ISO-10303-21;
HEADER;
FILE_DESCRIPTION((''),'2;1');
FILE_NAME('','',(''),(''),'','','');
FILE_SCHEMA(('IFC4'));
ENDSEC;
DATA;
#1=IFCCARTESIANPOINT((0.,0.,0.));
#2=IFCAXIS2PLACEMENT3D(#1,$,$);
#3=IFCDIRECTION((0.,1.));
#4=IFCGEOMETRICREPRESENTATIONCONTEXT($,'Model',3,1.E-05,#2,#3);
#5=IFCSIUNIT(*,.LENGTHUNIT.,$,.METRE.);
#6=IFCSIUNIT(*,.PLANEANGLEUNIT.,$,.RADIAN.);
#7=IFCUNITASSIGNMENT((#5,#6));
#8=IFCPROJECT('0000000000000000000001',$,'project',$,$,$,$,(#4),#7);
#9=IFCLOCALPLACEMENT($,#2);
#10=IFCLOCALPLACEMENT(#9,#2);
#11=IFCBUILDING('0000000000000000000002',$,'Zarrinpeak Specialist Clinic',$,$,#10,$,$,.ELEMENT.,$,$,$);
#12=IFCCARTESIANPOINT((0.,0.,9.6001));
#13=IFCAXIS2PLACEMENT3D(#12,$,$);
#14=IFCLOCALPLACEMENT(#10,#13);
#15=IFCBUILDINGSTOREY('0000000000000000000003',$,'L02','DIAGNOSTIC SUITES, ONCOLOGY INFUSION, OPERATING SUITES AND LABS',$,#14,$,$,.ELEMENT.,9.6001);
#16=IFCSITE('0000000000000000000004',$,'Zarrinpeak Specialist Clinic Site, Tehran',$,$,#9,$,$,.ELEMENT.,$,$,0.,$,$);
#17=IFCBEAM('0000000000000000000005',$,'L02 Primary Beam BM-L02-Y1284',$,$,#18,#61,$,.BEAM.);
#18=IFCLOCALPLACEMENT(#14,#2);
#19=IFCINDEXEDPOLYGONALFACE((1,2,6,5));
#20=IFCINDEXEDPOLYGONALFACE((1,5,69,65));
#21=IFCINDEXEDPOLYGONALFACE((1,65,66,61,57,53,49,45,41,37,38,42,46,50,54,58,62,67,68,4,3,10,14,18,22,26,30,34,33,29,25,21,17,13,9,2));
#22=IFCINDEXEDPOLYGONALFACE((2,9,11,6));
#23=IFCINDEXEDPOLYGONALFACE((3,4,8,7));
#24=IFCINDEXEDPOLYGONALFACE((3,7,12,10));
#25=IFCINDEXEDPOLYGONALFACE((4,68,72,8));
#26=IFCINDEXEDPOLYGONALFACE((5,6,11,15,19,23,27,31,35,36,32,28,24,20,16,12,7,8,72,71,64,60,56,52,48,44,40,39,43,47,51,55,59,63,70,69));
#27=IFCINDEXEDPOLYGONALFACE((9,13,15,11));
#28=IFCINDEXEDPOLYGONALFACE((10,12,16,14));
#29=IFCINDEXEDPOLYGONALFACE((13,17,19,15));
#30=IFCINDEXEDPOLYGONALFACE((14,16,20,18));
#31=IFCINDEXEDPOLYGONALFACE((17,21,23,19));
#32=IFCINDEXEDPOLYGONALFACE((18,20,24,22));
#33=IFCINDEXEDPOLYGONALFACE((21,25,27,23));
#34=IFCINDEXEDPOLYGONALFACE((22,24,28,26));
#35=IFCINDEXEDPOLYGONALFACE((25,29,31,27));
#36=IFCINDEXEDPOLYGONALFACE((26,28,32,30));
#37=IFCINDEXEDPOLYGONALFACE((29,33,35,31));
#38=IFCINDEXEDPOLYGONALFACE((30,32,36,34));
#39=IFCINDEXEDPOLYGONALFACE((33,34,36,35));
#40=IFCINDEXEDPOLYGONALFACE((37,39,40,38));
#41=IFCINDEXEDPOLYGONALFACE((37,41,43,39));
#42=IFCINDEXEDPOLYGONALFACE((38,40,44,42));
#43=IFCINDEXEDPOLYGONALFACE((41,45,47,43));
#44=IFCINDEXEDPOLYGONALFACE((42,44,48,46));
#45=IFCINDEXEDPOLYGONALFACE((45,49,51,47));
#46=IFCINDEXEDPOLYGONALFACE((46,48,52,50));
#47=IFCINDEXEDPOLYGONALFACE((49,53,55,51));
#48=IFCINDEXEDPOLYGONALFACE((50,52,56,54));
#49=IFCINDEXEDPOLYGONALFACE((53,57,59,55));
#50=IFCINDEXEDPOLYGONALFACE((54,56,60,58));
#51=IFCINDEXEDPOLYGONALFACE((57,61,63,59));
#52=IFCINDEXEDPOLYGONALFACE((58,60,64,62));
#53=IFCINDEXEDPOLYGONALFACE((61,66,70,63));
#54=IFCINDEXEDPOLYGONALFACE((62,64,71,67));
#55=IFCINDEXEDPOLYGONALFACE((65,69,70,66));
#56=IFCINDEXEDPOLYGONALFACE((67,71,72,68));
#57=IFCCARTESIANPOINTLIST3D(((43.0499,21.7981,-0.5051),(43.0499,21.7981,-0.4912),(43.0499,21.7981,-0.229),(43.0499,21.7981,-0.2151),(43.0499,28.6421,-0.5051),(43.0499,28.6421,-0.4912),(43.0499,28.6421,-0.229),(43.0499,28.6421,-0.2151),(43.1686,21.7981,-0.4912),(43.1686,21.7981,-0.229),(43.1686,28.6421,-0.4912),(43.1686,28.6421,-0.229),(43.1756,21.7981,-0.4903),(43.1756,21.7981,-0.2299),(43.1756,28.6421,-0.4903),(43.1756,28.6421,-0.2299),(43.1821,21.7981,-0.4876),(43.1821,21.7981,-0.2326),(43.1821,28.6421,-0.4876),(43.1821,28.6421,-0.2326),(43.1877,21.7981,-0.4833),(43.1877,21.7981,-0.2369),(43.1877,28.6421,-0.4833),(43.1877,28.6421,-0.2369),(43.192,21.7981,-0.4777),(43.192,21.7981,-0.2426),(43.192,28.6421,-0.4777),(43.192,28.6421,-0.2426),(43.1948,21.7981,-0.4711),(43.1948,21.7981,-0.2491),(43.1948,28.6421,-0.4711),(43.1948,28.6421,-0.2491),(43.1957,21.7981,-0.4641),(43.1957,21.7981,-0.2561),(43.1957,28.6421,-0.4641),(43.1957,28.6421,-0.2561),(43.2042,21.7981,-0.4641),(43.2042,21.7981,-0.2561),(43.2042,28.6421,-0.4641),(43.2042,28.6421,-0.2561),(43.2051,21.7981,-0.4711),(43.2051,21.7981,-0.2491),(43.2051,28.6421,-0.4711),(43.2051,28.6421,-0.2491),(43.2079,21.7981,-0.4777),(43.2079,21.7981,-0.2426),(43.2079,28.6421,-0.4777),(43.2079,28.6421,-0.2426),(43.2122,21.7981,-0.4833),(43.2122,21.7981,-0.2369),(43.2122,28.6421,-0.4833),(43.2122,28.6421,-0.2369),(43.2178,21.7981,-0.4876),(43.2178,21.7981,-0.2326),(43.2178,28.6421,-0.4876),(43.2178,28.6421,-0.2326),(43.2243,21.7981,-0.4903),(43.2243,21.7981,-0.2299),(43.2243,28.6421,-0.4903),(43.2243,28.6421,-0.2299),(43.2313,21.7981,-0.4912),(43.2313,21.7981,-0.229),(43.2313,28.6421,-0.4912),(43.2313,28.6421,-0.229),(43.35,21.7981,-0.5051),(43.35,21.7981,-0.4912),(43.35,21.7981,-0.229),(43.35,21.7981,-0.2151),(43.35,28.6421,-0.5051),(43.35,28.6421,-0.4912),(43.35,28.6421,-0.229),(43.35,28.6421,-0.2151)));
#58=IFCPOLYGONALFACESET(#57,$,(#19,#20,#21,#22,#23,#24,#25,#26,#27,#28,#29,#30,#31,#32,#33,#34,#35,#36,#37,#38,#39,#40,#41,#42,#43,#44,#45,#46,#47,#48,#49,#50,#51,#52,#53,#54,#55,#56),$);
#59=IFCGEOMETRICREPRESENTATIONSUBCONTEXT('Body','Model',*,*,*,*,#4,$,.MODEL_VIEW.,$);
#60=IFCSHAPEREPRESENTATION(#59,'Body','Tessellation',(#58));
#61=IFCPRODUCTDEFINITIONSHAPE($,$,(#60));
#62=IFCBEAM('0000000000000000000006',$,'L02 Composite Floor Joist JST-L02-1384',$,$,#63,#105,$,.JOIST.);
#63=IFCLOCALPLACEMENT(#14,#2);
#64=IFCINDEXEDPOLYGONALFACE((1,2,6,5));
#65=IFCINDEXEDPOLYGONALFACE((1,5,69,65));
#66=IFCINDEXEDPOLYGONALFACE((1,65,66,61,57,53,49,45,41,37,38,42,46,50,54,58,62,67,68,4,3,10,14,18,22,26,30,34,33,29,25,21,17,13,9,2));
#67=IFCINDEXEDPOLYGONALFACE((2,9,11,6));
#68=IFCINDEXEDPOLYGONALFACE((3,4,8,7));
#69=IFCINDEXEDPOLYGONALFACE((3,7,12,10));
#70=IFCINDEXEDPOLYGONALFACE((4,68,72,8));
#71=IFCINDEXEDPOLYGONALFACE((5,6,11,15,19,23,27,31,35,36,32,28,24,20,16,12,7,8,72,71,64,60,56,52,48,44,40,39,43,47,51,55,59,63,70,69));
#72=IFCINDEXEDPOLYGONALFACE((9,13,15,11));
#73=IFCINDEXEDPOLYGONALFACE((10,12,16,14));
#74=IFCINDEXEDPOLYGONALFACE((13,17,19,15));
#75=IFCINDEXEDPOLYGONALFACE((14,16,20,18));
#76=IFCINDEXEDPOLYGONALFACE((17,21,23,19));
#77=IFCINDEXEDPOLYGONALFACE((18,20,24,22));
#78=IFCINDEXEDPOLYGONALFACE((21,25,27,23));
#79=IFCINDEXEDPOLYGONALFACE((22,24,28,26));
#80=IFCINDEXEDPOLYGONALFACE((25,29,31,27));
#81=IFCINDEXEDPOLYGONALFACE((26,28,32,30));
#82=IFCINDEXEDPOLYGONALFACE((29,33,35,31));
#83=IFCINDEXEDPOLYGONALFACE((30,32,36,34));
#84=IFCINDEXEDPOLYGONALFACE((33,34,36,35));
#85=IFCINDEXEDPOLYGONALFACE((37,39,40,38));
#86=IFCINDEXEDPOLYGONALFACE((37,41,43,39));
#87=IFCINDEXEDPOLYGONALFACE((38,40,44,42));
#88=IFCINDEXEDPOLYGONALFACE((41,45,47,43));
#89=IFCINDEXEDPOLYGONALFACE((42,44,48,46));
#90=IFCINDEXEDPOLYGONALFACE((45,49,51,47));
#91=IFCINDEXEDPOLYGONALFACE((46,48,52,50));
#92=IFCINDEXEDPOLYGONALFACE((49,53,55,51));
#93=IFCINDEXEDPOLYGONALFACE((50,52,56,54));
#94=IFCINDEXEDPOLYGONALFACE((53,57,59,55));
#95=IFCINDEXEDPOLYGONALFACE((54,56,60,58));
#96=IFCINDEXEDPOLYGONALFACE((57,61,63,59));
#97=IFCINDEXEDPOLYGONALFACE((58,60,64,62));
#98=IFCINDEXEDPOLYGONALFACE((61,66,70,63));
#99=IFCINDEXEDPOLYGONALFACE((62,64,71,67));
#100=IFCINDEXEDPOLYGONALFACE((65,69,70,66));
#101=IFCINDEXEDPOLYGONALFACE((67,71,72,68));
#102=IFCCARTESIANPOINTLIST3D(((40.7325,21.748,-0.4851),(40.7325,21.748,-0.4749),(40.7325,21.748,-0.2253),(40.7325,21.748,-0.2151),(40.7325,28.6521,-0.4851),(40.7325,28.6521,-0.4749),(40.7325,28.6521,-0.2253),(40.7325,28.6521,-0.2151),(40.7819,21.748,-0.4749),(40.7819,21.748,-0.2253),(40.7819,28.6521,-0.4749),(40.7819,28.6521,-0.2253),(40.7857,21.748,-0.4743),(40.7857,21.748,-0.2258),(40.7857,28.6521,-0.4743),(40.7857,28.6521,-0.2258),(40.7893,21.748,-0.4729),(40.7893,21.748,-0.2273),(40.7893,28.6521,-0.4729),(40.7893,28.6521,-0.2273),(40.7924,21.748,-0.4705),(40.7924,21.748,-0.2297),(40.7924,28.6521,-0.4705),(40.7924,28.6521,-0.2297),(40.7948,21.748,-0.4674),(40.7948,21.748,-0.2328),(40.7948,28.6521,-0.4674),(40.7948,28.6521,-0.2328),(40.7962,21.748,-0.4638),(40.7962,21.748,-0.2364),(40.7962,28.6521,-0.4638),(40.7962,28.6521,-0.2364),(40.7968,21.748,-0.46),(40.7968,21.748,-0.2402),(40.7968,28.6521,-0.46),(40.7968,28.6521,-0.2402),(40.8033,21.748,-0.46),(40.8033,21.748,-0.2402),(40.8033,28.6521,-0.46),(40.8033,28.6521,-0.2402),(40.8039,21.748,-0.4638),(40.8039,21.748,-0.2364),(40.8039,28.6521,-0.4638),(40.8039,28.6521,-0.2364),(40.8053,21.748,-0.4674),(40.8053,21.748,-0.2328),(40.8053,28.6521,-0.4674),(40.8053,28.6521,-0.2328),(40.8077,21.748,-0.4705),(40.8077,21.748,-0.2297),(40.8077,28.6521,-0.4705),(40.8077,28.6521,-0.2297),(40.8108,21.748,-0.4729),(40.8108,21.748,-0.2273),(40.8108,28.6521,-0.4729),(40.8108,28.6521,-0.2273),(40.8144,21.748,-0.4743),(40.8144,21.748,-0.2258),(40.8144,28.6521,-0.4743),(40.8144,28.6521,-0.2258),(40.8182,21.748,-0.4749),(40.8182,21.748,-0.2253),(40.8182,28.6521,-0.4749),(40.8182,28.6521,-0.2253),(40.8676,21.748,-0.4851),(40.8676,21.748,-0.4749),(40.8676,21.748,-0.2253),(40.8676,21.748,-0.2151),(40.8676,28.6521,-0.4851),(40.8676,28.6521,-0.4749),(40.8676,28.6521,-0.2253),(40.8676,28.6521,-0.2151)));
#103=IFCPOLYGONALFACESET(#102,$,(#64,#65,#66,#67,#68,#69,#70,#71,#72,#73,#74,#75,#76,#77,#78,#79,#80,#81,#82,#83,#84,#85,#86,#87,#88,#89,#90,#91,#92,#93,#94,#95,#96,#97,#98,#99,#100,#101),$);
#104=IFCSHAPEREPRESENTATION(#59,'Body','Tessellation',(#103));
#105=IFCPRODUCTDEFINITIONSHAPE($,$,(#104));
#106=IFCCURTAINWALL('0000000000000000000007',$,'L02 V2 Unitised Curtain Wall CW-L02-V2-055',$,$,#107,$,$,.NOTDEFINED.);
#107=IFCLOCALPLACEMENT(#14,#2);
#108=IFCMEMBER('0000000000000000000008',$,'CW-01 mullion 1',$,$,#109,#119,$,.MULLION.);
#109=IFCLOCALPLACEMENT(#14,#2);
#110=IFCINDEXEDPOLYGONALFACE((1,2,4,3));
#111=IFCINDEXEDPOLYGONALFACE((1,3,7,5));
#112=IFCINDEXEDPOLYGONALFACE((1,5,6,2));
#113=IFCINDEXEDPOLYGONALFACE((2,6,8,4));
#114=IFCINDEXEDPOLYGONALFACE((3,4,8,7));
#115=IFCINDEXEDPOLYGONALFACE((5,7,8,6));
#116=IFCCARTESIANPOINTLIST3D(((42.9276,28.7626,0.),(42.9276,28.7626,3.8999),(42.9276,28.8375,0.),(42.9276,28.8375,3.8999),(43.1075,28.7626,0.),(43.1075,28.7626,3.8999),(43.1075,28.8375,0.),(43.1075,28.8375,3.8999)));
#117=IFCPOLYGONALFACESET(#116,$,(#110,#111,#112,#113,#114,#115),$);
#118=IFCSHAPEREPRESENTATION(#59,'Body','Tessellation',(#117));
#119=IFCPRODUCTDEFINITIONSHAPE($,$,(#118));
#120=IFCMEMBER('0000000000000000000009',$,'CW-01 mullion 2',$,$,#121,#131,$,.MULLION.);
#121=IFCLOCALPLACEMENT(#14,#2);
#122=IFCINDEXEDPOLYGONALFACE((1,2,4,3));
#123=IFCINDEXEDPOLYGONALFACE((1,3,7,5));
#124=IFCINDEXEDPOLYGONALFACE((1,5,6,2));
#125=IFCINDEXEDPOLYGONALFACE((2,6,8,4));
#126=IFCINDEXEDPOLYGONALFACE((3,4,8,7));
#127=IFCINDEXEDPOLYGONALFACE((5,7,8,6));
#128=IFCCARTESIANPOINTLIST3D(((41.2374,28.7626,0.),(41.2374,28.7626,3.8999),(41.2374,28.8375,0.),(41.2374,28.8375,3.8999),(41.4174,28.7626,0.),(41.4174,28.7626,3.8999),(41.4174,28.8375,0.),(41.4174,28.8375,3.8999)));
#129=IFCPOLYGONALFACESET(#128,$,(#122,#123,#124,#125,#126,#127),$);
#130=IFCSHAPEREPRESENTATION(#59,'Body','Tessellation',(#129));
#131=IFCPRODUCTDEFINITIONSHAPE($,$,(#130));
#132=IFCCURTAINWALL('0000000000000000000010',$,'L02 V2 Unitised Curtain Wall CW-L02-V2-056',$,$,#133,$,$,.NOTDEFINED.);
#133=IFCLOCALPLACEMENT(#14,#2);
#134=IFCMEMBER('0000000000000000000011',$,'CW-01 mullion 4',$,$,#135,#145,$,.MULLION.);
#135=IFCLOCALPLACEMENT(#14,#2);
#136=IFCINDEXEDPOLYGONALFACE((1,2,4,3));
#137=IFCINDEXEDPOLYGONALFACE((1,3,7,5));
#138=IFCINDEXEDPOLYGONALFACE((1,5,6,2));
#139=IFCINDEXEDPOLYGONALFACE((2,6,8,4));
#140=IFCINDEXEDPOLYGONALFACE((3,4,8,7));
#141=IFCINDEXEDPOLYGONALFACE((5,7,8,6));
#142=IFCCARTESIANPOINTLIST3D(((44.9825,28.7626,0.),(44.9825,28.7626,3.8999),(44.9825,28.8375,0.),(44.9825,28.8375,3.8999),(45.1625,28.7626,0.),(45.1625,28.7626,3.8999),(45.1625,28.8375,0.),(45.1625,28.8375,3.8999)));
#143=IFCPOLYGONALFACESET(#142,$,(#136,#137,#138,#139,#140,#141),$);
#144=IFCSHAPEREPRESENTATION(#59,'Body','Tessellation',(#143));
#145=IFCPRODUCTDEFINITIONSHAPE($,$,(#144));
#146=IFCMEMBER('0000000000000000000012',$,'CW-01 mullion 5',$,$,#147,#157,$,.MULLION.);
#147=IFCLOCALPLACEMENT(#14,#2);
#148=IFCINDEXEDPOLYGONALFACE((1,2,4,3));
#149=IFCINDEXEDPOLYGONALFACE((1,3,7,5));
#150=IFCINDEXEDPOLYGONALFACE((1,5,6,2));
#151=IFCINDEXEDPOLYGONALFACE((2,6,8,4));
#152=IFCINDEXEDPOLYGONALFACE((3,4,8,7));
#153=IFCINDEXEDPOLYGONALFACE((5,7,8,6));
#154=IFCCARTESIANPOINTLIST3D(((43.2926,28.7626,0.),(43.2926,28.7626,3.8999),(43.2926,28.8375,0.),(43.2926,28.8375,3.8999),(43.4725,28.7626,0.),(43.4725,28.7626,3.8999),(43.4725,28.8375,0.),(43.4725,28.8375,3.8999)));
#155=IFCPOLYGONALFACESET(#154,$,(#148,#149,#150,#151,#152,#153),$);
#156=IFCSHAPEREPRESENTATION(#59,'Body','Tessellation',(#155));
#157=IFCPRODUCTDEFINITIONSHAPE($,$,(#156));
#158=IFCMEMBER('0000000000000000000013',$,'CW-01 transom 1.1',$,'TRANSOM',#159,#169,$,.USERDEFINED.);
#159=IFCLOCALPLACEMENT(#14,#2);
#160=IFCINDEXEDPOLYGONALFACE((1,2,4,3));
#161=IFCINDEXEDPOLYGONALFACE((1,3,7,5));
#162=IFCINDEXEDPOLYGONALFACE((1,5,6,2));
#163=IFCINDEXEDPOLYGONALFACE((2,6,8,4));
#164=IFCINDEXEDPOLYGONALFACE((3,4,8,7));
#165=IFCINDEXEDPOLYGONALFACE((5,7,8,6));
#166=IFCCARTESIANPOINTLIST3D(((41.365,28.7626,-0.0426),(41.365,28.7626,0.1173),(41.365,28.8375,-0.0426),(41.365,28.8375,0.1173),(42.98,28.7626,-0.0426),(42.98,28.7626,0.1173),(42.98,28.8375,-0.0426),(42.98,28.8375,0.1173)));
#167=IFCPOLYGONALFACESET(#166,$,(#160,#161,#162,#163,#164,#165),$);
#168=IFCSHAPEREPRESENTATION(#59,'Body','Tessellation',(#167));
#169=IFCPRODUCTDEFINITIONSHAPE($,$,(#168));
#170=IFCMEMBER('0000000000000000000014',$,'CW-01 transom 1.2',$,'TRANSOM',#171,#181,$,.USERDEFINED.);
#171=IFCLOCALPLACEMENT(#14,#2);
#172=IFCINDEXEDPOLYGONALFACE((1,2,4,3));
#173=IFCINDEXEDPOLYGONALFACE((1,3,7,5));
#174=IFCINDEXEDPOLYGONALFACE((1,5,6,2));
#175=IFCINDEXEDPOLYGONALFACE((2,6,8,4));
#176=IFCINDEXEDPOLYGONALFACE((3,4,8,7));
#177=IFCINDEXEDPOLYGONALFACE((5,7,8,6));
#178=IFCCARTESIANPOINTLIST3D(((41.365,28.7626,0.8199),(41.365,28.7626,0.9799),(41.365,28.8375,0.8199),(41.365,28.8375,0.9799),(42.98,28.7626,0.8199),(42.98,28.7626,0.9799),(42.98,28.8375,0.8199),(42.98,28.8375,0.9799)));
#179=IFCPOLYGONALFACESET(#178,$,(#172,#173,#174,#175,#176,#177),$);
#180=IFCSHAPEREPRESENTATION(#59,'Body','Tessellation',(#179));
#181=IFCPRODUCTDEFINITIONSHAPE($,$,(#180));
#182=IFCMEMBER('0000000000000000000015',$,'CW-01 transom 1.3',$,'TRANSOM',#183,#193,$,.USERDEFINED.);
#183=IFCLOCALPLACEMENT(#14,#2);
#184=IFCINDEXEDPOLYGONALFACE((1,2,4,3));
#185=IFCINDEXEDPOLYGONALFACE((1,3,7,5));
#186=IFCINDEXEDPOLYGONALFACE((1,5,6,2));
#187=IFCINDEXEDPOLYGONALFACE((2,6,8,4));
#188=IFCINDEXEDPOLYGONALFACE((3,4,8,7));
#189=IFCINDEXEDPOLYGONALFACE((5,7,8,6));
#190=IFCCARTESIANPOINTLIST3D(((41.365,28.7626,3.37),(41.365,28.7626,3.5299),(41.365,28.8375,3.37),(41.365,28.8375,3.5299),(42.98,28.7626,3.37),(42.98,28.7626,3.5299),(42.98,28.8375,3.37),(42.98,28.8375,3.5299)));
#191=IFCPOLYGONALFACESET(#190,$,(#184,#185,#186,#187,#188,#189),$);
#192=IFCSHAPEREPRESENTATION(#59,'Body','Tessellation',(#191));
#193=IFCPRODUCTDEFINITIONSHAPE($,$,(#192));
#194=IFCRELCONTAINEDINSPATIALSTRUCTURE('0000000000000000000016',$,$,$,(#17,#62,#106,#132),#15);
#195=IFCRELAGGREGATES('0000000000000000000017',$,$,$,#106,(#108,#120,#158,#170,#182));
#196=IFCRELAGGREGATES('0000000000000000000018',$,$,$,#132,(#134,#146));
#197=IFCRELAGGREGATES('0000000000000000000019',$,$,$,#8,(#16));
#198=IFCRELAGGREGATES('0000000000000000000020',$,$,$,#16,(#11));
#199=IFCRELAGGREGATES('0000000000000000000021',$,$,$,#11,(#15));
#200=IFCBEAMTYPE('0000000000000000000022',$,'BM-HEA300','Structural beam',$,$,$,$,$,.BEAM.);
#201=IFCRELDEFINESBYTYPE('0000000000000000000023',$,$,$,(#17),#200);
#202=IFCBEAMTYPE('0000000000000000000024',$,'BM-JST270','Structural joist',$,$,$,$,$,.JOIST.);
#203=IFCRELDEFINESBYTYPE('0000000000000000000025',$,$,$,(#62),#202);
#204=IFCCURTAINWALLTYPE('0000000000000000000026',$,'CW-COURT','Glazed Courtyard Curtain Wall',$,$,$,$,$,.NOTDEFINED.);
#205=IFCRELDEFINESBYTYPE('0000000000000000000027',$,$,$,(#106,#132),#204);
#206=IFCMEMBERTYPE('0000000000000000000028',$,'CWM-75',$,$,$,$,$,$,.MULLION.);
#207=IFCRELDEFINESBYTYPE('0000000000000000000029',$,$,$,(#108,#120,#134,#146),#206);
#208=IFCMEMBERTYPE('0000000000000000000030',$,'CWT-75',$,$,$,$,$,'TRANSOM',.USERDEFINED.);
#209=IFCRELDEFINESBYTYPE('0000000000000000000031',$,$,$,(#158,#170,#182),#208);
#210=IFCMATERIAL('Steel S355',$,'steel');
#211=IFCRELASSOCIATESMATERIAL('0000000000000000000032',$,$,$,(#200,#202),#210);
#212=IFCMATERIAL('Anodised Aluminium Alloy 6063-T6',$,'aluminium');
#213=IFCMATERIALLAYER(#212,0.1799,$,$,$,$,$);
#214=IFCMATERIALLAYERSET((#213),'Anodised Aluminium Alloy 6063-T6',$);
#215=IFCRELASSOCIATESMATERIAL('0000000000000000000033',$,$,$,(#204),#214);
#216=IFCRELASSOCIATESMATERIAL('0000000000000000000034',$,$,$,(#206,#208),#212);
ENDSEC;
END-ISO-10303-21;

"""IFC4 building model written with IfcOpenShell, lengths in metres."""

from ifc_helpers import new_model, si_unit, direction, frame, origin, origin_2d, place, context, subcontext, project, spatial, rectangle, i_section, extrude, material, layer, layer_set, material_profile, profile_set, type_object, element, aggregate, save


model = new_model("IFC4")

# Units and contexts
model_context = context("Model", 3, precision=1e-05, world=origin(), true_north=direction((0.0, 1.0)))
body_context = subcontext(model_context, "Body", "Model", "MODEL_VIEW")
ifc_project = project(units=[si_unit("LENGTHUNIT", "METRE"), si_unit("PLANEANGLEUNIT", "RADIAN")], contexts=[model_context])

# Site, building, storey
site_placement = place(None, origin())
site = spatial("IfcSite", under=ifc_project, at=site_placement, Name="Zarrinpeak Specialist Clinic Site, Tehran", CompositionType="ELEMENT", RefElevation=0.0)
building_placement = place(site_placement, origin())
building = spatial("IfcBuilding", under=site, at=building_placement, Name="Zarrinpeak Specialist Clinic", CompositionType="ELEMENT")
storey_placement = place(building_placement, frame((0.0, 0.0, 9.6001)))
storey = spatial("IfcBuildingStorey", under=building, at=storey_placement, Name="L02", Description="DIAGNOSTIC SUITES, ONCOLOGY INFUSION, OPERATING SUITES AND LABS", CompositionType="ELEMENT", Elevation=9.6001)

# Shared definitions
ifc_material_1 = material(Name="Steel S355", Category="steel")

# Beams
ifc_material_profile_1 = material_profile(ifc_material_1, i_section(OverallWidth=0.3, OverallDepth=0.29, WebThickness=0.0085, FlangeThickness=0.0139, FilletRadius=0.0271, at=origin_2d()), Name="HEA 300")
ifc_profile_set_1 = profile_set([ifc_material_profile_1], Name="Steel S355")
beam_type_1 = type_object("IfcBeamType", Name="BM-HEA300", Description="Structural beam", PredefinedType="BEAM", material=ifc_profile_set_1)
beam_1_placement = place(storey_placement, frame((43.2, 21.7981, -0.3601), z_axis=(0.0, 1.0, 0.0), x_axis=(-1.0, 0.0, 0.0)))
element("IfcBeam", 1, at=beam_1_placement, inside=storey, type_object=beam_type_1, Name="L02 Primary Beam BM-L02-Y1284", PredefinedType="BEAM", context=body_context, shape_type="SweptSolid", body=[
    extrude(i_section(OverallWidth=0.3, OverallDepth=0.29, WebThickness=0.0085, FlangeThickness=0.0139, FilletRadius=0.0271, at=origin_2d()), origin(), (0.0, 0.0, 1.0), 6.844),
])
ifc_material_profile_2 = material_profile(ifc_material_1, i_section(OverallWidth=0.135, OverallDepth=0.27, WebThickness=0.0066, FlangeThickness=0.0103, FilletRadius=0.0149, at=origin_2d()), Name="IPE 270")
ifc_profile_set_2 = profile_set([ifc_material_profile_2], Name="Steel S355")
beam_type_2 = type_object("IfcBeamType", Name="BM-JST270", Description="Structural joist", PredefinedType="JOIST", material=ifc_profile_set_2)
beam_2_placement = place(storey_placement, frame((40.8, 21.748, -0.3501), z_axis=(0.0, 1.0, 0.0), x_axis=(-1.0, 0.0, 0.0)))
element("IfcBeam", 2, at=beam_2_placement, inside=storey, type_object=beam_type_2, Name="L02 Composite Floor Joist JST-L02-1384", PredefinedType="JOIST", context=body_context, shape_type="SweptSolid", body=[
    extrude(i_section(OverallWidth=0.135, OverallDepth=0.27, WebThickness=0.0066, FlangeThickness=0.0103, FilletRadius=0.0149, at=origin_2d()), origin(), (0.0, 0.0, 1.0), 6.9041),
])

# Curtain walls, members
ifc_material_2 = material(Name="Anodised Aluminium Alloy 6063-T6", Category="aluminium")
ifc_layer_1 = layer(ifc_material_2, 0.1799)
ifc_layer_set_1 = layer_set([ifc_layer_1], Name="Anodised Aluminium Alloy 6063-T6")
curtain_wall_type = type_object("IfcCurtainWallType", Name="CW-COURT", Description="Glazed Courtyard Curtain Wall", PredefinedType="NOTDEFINED", material=ifc_layer_set_1)
curtain_wall_1_placement = place(storey_placement, origin())
curtain_wall_1 = element("IfcCurtainWall", 3, at=curtain_wall_1_placement, inside=storey, type_object=curtain_wall_type, Name="L02 V2 Unitised Curtain Wall CW-L02-V2-055", PredefinedType="NOTDEFINED")
ifc_material_profile_3 = material_profile(ifc_material_2, rectangle(XDim=0.075, YDim=0.1799, at=origin_2d()), Name="ALU 75x180")
ifc_profile_set_3 = profile_set([ifc_material_profile_3], Name="Anodised Aluminium Alloy 6063-T6")
member_type_1 = type_object("IfcMemberType", Name="CWM-75", PredefinedType="MULLION", material=ifc_profile_set_3)
member_1_placement = place(storey_placement, frame((43.0176, 28.8, 0.0), z_axis=(0.0, 0.0, 1.0), x_axis=(0.0, -1.0, 0.0)))
member_1 = element("IfcMember", 4, at=member_1_placement, type_object=member_type_1, Name="CW-01 mullion 1", PredefinedType="MULLION", context=body_context, shape_type="SweptSolid", body=[
    extrude(rectangle(XDim=0.075, YDim=0.1799, at=origin_2d()), origin(), (0.0, 0.0, 1.0), 3.8999),
])
member_2_placement = place(storey_placement, frame((41.3274, 28.8, 0.0), z_axis=(0.0, 0.0, 1.0), x_axis=(0.0, -1.0, 0.0)))
member_2 = element("IfcMember", 5, at=member_2_placement, type_object=member_type_1, Name="CW-01 mullion 2", PredefinedType="MULLION", context=body_context, shape_type="SweptSolid", body=[
    extrude(rectangle(XDim=0.075, YDim=0.1799, at=origin_2d()), origin(), (0.0, 0.0, 1.0), 3.8999),
])
curtain_wall_2_placement = place(storey_placement, origin())
curtain_wall_2 = element("IfcCurtainWall", 6, at=curtain_wall_2_placement, inside=storey, type_object=curtain_wall_type, Name="L02 V2 Unitised Curtain Wall CW-L02-V2-056", PredefinedType="NOTDEFINED")
member_3_placement = place(storey_placement, frame((45.0725, 28.8, 0.0), z_axis=(0.0, 0.0, 1.0), x_axis=(0.0, -1.0, 0.0)))
member_3 = element("IfcMember", 7, at=member_3_placement, type_object=member_type_1, Name="CW-01 mullion 4", PredefinedType="MULLION", context=body_context, shape_type="SweptSolid", body=[
    extrude(rectangle(XDim=0.075, YDim=0.1799, at=origin_2d()), origin(), (0.0, 0.0, 1.0), 3.8999),
])
member_4_placement = place(storey_placement, frame((43.3826, 28.8, 0.0), z_axis=(0.0, 0.0, 1.0), x_axis=(0.0, -1.0, 0.0)))
member_4 = element("IfcMember", 8, at=member_4_placement, type_object=member_type_1, Name="CW-01 mullion 5", PredefinedType="MULLION", context=body_context, shape_type="SweptSolid", body=[
    extrude(rectangle(XDim=0.075, YDim=0.1799, at=origin_2d()), origin(), (0.0, 0.0, 1.0), 3.8999),
])

# Members
ifc_material_profile_4 = material_profile(ifc_material_2, rectangle(XDim=0.075, YDim=0.1599, at=origin_2d()), Name="ALU 75x160")
ifc_profile_set_4 = profile_set([ifc_material_profile_4], Name="Anodised Aluminium Alloy 6063-T6")
member_type_2 = type_object("IfcMemberType", Name="CWT-75", ElementType="TRANSOM", PredefinedType="USERDEFINED", material=ifc_profile_set_4)
member_5_placement = place(storey_placement, frame((42.98, 28.8, 0.0374), z_axis=(-1.0, 0.0, 0.0), x_axis=(0.0, -1.0, 0.0)))
member_5 = element("IfcMember", 9, at=member_5_placement, type_object=member_type_2, Name="CW-01 transom 1.1", ObjectType="TRANSOM", PredefinedType="USERDEFINED", context=body_context, shape_type="SweptSolid", body=[
    extrude(rectangle(XDim=0.075, YDim=0.1599, at=origin_2d()), origin(), (0.0, 0.0, 1.0), 1.615),
])
member_6_placement = place(storey_placement, frame((42.98, 28.8, 0.8999), z_axis=(-1.0, 0.0, 0.0), x_axis=(0.0, -1.0, 0.0)))
member_6 = element("IfcMember", 10, at=member_6_placement, type_object=member_type_2, Name="CW-01 transom 1.2", ObjectType="TRANSOM", PredefinedType="USERDEFINED", context=body_context, shape_type="SweptSolid", body=[
    extrude(rectangle(XDim=0.075, YDim=0.1599, at=origin_2d()), origin(), (0.0, 0.0, 1.0), 1.615),
])
member_7_placement = place(storey_placement, frame((42.98, 28.8, 3.45), z_axis=(-1.0, 0.0, 0.0), x_axis=(0.0, -1.0, 0.0)))
member_7 = element("IfcMember", 11, at=member_7_placement, type_object=member_type_2, Name="CW-01 transom 1.3", ObjectType="TRANSOM", PredefinedType="USERDEFINED", context=body_context, shape_type="SweptSolid", body=[
    extrude(rectangle(XDim=0.075, YDim=0.1599, at=origin_2d()), origin(), (0.0, 0.0, 1.0), 1.615),
])

aggregate(curtain_wall_1, [member_1, member_2, member_5, member_6, member_7])
aggregate(curtain_wall_2, [member_3, member_4])

save(model, "model.ifc")
